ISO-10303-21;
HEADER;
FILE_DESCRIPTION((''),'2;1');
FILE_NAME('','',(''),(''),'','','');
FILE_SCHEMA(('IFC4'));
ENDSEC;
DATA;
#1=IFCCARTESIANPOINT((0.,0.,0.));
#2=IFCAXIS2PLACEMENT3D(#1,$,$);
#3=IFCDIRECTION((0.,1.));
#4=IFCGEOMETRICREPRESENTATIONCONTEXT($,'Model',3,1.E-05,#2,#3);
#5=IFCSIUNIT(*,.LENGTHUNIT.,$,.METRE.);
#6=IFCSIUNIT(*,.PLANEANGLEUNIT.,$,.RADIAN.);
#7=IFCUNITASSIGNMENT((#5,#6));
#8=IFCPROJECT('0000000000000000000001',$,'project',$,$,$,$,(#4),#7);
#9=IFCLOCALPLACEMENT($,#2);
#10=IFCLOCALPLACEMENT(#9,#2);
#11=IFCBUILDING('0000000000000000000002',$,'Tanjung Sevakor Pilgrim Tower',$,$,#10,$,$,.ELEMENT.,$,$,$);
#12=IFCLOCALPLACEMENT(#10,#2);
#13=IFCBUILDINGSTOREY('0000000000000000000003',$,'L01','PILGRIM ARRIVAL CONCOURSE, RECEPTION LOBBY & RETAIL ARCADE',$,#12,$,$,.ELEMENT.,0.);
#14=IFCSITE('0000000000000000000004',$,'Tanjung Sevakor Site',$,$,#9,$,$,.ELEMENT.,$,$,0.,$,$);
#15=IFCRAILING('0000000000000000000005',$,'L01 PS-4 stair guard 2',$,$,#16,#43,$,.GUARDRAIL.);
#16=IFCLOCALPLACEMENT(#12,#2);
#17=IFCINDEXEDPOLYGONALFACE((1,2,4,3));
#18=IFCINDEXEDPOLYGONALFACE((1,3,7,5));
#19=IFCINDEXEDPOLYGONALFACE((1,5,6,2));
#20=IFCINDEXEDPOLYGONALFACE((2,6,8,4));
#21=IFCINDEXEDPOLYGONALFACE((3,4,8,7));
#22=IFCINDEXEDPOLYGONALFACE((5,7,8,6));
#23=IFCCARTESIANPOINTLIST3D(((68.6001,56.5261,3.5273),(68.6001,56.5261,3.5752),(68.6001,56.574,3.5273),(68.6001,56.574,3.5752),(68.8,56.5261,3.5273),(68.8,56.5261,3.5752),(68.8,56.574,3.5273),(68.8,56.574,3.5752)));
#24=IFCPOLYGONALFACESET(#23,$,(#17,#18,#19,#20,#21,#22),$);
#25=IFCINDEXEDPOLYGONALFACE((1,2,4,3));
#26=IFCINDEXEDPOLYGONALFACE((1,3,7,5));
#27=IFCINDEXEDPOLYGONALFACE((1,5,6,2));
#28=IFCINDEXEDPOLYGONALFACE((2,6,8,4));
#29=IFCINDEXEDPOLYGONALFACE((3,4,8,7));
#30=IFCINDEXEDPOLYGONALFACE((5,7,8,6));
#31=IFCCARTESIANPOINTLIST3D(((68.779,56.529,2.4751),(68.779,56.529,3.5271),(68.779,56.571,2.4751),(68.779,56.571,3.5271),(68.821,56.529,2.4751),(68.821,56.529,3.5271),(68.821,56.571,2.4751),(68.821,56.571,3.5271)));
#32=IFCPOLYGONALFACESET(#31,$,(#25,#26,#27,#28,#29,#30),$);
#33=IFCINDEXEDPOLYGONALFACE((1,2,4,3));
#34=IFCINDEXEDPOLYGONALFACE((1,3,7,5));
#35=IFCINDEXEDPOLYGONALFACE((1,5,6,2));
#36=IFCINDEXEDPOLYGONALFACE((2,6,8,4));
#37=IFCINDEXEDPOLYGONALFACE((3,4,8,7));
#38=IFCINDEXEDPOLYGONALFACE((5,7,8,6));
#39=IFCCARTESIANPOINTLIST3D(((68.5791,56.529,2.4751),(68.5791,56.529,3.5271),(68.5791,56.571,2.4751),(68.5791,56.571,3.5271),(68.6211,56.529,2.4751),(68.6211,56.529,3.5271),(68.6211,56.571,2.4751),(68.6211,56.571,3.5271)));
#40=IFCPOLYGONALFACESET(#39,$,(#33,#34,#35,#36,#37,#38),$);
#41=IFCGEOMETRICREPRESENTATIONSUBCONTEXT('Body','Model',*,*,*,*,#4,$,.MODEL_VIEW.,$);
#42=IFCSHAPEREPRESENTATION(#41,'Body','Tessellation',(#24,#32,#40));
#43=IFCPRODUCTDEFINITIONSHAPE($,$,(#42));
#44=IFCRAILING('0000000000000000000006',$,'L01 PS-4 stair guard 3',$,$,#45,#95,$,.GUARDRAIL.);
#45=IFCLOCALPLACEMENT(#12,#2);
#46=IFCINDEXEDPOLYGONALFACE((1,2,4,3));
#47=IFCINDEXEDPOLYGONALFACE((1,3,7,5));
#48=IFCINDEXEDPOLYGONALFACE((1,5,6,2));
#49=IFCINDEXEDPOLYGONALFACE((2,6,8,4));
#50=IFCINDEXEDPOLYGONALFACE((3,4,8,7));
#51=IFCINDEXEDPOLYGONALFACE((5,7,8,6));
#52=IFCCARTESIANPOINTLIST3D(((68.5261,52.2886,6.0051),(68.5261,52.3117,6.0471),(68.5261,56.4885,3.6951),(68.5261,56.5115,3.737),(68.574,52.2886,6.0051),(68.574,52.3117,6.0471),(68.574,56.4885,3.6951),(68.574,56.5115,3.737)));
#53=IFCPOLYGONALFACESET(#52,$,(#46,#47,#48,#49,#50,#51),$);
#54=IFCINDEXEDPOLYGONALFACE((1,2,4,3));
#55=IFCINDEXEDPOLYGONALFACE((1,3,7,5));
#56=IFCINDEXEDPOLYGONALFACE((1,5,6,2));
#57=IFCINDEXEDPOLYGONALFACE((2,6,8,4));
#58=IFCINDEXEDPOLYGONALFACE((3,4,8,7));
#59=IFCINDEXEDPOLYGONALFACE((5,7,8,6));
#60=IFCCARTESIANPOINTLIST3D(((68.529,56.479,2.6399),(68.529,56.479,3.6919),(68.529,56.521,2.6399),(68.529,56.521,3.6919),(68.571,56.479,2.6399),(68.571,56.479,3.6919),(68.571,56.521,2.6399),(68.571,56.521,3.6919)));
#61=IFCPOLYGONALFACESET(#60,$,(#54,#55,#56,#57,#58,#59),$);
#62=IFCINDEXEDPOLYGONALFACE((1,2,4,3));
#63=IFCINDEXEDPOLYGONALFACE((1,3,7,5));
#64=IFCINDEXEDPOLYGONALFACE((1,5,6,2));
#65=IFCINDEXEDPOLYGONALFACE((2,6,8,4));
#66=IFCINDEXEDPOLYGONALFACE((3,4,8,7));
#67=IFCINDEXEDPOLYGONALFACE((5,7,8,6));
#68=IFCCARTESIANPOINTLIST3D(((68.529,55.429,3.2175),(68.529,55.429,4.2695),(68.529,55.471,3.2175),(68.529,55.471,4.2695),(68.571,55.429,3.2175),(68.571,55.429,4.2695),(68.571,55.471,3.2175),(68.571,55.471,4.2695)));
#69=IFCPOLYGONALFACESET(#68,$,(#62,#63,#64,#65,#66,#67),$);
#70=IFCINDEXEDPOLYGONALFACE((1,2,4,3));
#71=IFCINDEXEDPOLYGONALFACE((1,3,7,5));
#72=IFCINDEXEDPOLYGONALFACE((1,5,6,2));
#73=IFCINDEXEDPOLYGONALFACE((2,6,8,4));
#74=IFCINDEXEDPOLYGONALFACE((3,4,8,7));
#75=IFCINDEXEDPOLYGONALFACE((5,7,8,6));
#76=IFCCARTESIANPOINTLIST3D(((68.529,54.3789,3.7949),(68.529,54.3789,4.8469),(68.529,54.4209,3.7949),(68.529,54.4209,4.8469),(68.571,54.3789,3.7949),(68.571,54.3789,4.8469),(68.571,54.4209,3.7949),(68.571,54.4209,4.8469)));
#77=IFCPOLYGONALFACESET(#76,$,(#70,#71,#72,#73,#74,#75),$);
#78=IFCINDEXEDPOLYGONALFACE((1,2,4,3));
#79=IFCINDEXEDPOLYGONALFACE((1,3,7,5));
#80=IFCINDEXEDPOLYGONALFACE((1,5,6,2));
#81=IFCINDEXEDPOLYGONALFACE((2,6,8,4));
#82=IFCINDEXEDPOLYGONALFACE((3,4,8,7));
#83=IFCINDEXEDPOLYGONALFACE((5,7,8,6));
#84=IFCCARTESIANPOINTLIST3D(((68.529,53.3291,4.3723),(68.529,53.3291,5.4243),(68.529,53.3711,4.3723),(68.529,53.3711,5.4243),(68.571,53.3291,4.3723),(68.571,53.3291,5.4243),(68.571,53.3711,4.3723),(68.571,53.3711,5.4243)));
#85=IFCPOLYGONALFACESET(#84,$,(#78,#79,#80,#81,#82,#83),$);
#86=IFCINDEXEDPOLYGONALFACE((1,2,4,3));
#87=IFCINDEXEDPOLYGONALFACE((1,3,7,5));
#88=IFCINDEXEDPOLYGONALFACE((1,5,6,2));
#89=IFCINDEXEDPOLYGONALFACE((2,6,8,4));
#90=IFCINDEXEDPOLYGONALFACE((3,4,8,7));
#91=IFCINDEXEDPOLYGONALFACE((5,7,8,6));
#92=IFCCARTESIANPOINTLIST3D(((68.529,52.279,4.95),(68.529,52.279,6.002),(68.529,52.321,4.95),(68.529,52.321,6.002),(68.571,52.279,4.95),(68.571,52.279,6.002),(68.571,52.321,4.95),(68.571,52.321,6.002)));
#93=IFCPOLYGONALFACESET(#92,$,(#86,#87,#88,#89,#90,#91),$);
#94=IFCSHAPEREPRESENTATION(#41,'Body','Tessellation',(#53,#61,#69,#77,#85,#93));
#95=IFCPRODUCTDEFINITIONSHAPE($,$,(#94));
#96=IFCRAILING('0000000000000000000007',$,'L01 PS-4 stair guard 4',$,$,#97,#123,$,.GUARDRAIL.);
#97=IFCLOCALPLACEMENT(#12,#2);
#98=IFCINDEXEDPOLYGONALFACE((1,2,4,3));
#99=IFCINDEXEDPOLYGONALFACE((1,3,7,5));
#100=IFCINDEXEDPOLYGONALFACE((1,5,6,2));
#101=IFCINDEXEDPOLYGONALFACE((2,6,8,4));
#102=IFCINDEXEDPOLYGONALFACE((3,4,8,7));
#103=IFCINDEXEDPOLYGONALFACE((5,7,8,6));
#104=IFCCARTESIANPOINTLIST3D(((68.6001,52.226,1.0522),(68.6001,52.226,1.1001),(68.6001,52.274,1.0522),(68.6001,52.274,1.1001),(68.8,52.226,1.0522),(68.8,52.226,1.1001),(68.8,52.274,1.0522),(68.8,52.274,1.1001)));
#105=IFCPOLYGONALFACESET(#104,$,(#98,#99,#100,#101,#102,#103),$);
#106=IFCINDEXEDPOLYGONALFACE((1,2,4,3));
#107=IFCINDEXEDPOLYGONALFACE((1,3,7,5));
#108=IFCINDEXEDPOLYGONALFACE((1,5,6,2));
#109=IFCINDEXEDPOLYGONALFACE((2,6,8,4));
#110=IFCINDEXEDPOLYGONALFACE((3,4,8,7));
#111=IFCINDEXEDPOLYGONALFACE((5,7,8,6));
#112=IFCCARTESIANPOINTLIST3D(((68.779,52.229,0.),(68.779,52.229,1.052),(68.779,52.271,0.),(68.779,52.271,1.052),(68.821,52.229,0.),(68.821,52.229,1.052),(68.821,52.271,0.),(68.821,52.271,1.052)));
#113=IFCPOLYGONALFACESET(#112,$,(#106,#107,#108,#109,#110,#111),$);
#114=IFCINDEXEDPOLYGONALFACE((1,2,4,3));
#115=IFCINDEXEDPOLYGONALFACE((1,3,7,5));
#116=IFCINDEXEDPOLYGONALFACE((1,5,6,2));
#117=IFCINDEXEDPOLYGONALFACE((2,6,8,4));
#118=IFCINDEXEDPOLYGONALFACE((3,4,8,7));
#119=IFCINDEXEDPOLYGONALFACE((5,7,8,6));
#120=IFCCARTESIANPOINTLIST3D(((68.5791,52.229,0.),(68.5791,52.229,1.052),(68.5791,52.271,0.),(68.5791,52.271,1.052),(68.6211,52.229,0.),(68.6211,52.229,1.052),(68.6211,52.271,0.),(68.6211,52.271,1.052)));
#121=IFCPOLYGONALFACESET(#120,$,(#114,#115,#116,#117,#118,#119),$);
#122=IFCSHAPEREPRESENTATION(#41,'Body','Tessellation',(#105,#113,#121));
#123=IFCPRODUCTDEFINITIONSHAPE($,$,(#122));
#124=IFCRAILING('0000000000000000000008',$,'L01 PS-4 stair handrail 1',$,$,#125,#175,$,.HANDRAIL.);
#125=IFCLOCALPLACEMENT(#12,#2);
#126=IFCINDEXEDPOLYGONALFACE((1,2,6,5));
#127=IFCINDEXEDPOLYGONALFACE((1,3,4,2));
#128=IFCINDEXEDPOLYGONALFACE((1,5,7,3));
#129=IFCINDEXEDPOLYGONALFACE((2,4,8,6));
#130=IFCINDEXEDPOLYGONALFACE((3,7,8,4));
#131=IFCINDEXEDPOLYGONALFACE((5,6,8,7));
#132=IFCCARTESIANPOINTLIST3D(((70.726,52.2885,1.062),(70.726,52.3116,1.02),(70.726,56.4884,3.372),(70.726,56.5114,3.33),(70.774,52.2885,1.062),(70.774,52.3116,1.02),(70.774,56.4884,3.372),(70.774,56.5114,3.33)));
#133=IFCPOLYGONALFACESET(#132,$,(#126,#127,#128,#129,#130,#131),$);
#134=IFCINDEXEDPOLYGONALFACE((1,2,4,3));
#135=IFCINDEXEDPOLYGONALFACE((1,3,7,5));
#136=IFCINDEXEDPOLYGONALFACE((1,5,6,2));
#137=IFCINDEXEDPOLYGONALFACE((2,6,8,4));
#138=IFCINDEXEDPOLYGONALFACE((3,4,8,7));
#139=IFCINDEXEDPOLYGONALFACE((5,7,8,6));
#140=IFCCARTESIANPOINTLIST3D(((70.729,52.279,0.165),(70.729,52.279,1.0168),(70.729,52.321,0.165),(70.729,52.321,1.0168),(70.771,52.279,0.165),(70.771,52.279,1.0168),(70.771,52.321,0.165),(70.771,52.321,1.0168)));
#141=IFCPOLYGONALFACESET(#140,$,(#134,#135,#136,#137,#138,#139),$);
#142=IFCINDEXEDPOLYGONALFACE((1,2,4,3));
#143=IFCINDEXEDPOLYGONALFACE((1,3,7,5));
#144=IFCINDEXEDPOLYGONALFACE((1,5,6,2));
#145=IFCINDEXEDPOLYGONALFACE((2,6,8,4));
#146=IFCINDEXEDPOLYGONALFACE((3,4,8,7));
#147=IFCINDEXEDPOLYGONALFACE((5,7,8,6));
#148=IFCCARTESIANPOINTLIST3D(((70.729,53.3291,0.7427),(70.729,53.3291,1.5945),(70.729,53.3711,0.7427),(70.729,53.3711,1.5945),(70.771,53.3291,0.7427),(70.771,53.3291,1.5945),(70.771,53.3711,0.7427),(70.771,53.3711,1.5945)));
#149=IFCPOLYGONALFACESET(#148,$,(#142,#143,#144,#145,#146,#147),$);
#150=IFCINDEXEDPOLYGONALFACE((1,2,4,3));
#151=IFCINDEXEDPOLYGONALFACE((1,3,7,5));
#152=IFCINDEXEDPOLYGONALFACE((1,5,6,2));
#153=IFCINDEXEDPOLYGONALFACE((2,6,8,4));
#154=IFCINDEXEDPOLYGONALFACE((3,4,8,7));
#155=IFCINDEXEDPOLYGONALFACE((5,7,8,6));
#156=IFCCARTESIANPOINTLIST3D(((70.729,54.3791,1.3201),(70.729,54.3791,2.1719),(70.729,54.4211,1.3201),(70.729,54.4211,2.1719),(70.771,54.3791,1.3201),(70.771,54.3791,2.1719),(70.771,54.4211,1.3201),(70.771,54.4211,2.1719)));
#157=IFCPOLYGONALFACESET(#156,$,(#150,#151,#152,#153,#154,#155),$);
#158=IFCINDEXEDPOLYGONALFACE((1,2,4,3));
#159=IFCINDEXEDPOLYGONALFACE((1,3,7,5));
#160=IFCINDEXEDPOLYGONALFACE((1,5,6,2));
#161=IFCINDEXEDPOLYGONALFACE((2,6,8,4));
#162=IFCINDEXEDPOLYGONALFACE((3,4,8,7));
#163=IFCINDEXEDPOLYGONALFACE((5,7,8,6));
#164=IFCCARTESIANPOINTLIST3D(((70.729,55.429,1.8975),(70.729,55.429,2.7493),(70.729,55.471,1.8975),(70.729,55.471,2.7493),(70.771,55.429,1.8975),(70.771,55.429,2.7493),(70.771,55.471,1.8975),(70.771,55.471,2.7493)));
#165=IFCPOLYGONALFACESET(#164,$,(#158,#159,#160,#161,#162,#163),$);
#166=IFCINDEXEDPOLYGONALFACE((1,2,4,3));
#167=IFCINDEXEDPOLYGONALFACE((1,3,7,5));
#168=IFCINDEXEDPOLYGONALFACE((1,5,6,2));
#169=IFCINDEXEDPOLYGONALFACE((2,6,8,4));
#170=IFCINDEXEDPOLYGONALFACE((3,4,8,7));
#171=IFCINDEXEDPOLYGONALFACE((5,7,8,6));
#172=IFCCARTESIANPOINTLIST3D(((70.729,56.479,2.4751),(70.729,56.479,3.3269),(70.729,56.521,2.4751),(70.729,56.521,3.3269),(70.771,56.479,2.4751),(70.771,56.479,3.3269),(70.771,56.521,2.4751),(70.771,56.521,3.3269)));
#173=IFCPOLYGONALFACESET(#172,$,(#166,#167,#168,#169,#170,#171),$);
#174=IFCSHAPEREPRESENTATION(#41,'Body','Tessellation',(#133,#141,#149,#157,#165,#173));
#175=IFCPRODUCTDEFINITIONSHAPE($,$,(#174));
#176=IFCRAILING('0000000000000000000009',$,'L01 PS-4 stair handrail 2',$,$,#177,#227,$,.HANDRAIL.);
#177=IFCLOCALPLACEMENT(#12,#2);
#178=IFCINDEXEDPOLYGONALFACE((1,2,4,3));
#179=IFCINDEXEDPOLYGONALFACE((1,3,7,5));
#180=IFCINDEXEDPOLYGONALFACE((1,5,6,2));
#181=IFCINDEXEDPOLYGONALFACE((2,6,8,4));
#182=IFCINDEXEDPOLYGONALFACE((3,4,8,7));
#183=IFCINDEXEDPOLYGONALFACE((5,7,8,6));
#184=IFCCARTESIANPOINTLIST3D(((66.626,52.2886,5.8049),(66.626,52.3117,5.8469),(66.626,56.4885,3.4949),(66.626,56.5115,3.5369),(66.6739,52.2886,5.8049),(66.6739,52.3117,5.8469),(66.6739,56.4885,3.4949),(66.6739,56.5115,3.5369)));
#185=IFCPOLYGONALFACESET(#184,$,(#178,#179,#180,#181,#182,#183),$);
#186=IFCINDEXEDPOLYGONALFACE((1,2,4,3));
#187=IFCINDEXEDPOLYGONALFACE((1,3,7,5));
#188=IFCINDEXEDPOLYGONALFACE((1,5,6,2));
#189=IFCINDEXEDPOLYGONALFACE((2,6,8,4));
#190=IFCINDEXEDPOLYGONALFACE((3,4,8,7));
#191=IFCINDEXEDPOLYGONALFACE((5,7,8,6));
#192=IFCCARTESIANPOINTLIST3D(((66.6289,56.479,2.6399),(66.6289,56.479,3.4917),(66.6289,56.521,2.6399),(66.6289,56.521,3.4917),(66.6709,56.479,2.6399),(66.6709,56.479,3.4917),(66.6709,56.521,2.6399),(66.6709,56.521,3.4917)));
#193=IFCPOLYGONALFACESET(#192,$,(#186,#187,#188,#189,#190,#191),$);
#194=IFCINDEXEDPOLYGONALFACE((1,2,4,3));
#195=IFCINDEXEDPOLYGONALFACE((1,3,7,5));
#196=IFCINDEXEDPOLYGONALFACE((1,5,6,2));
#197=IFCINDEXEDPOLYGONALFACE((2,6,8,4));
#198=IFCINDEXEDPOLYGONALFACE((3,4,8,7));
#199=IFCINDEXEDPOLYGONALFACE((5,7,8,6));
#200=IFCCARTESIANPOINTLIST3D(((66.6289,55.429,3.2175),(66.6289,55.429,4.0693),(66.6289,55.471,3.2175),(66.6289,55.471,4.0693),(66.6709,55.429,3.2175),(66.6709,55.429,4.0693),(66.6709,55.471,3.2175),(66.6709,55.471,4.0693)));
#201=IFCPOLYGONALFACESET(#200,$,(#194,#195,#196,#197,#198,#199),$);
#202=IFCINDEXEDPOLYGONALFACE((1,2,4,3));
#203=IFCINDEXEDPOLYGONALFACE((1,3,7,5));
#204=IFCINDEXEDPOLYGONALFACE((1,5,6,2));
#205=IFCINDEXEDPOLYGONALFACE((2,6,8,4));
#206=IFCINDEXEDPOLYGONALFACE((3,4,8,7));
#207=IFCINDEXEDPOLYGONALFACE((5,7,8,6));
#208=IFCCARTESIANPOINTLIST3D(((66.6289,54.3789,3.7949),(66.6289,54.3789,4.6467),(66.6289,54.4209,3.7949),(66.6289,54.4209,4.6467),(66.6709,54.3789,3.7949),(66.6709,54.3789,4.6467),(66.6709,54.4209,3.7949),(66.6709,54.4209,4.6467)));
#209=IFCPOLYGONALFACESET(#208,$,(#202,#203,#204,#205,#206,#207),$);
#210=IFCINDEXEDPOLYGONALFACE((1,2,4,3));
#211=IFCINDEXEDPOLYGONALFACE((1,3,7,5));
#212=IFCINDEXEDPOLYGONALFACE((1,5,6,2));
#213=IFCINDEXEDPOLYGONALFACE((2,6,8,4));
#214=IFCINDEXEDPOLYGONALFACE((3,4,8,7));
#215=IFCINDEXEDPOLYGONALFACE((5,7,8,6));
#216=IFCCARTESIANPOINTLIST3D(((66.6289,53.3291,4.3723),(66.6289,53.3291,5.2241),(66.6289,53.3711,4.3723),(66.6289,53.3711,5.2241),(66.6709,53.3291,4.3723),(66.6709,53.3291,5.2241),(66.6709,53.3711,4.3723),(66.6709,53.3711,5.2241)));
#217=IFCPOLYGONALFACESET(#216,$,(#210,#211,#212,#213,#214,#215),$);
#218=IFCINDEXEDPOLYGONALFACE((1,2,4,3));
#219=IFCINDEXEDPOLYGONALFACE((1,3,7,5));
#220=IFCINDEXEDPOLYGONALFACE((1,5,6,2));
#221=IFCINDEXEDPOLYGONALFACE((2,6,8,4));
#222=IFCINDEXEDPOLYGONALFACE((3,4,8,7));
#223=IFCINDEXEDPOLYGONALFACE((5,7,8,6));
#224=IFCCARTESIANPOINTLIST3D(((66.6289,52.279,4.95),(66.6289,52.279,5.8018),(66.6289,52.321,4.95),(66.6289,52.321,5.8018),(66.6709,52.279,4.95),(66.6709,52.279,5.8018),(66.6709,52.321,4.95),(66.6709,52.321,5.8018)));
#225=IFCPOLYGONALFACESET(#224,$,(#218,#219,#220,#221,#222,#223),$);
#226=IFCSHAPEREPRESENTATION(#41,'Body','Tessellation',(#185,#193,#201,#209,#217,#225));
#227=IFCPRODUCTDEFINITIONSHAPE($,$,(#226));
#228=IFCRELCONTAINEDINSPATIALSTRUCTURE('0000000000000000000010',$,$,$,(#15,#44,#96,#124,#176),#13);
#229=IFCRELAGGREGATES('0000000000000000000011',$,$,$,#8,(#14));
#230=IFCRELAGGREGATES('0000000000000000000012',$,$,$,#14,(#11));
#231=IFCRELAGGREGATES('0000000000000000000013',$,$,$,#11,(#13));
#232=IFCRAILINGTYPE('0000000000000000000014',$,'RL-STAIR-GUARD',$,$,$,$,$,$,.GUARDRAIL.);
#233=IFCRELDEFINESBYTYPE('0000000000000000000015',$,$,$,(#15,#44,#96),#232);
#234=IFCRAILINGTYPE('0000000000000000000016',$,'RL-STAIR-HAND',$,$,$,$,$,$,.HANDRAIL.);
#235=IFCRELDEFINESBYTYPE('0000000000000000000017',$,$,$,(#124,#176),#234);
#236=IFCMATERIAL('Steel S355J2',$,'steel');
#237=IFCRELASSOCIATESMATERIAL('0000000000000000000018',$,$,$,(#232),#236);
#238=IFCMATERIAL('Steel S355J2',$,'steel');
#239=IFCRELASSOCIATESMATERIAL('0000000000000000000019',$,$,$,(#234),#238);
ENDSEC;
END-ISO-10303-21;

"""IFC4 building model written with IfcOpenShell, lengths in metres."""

from ifc_helpers import new_model, si_unit, direction, frame, origin, place, context, subcontext, project, spatial, rectangle, extrude, material, type_object, element, save


model = new_model("IFC4")

# Units and contexts
model_context = context("Model", 3, precision=1e-05, world=origin(), true_north=direction((0.0, 1.0)))
body_context = subcontext(model_context, "Body", "Model", "MODEL_VIEW")
ifc_project = project(units=[si_unit("LENGTHUNIT", "METRE"), si_unit("PLANEANGLEUNIT", "RADIAN")], contexts=[model_context])

# Site, building, storey
site_placement = place(None, origin())
site = spatial("IfcSite", under=ifc_project, at=site_placement, Name="Tanjung Sevakor Site", CompositionType="ELEMENT", RefElevation=0.0)
building_placement = place(site_placement, origin())
building = spatial("IfcBuilding", under=site, at=building_placement, Name="Tanjung Sevakor Pilgrim Tower", CompositionType="ELEMENT")
storey_placement = place(building_placement, origin())
storey = spatial("IfcBuildingStorey", under=building, at=storey_placement, Name="L01", Description="PILGRIM ARRIVAL CONCOURSE, RECEPTION LOBBY & RETAIL ARCADE", CompositionType="ELEMENT", Elevation=0.0)

# Railings
ifc_material_1 = material(Name="Steel S355J2", Category="steel")
railing_type_1 = type_object("IfcRailingType", Name="RL-STAIR-GUARD", PredefinedType="GUARDRAIL", material=ifc_material_1)
railing_1_placement = place(storey_placement, frame((68.8, 56.55, 2.4751)))
element("IfcRailing", 1, at=railing_1_placement, inside=storey, type_object=railing_type_1, Name="L01 PS-4 stair guard 2", PredefinedType="GUARDRAIL", context=body_context, shape_type="SweptSolid", body=[
    extrude(rectangle(XDim=0.0479, YDim=0.0479), frame((0.0, 0.0, 1.0762), z_axis=(-1.0, 0.0, 0.0), x_axis=(0.0, -1.0, 0.0)), (0.0, 0.0, 1.0), 0.2),
    extrude(rectangle(XDim=0.042, YDim=0.042), origin(), (0.0, 0.0, 1.0), 1.052),
    extrude(rectangle(XDim=0.042, YDim=0.042), frame((-0.2, 0.0, 0.0)), (0.0, 0.0, 1.0), 1.052),
])
railing_2_placement = place(storey_placement, frame((68.55, 56.5, 2.6399)))
element("IfcRailing", 2, at=railing_2_placement, inside=storey, type_object=railing_type_1, Name="L01 PS-4 stair guard 3", PredefinedType="GUARDRAIL", context=body_context, shape_type="SweptSolid", body=[
    extrude(rectangle(XDim=0.0479, YDim=0.0479), frame((0.0, 0.0, 1.0762), z_axis=(0.0, -0.876208, 0.481932), x_axis=(1.0, 0.0, 0.0)), (0.0, 0.0, 1.0), 4.7932),
    extrude(rectangle(XDim=0.042, YDim=0.042), origin(), (0.0, 0.0, 1.0), 1.052),
    extrude(rectangle(XDim=0.042, YDim=0.042), frame((0.0, -1.05, 0.5776)), (0.0, 0.0, 1.0), 1.052),
    extrude(rectangle(XDim=0.042, YDim=0.042), frame((0.0, -2.1001, 1.155)), (0.0, 0.0, 1.0), 1.052),
    extrude(rectangle(XDim=0.042, YDim=0.042), frame((0.0, -3.1499, 1.7324)), (0.0, 0.0, 1.0), 1.052),
    extrude(rectangle(XDim=0.042, YDim=0.042), frame((0.0, -4.2, 2.3101)), (0.0, 0.0, 1.0), 1.052),
])
railing_3_placement = place(storey_placement, frame((68.8, 52.25, 0.0)))
element("IfcRailing", 3, at=railing_3_placement, inside=storey, type_object=railing_type_1, Name="L01 PS-4 stair guard 4", PredefinedType="GUARDRAIL", context=body_context, shape_type="SweptSolid", body=[
    extrude(rectangle(XDim=0.0479, YDim=0.0479), frame((0.0, 0.0, 1.0762), z_axis=(-1.0, 0.0, 0.0), x_axis=(0.0, -1.0, 0.0)), (0.0, 0.0, 1.0), 0.2),
    extrude(rectangle(XDim=0.042, YDim=0.042), origin(), (0.0, 0.0, 1.0), 1.052),
    extrude(rectangle(XDim=0.042, YDim=0.042), frame((-0.2, 0.0, 0.0)), (0.0, 0.0, 1.0), 1.052),
])
ifc_material_2 = material(Name="Steel S355J2", Category="steel")
railing_type_2 = type_object("IfcRailingType", Name="RL-STAIR-HAND", PredefinedType="HANDRAIL", material=ifc_material_2)
railing_4_placement = place(storey_placement, frame((70.75, 52.3, 0.165)))
element("IfcRailing", 4, at=railing_4_placement, inside=storey, type_object=railing_type_2, Name="L01 PS-4 stair handrail 1", PredefinedType="HANDRAIL", context=body_context, shape_type="SweptSolid", body=[
    extrude(rectangle(XDim=0.0479, YDim=0.0479), frame((0.0, 0.0, 0.876), z_axis=(0.0, 0.876208, 0.481932), x_axis=(-1.0, 0.0, 0.0)), (0.0, 0.0, 1.0), 4.7932),
    extrude(rectangle(XDim=0.042, YDim=0.042), origin(), (0.0, 0.0, 1.0), 0.8518),
    extrude(rectangle(XDim=0.042, YDim=0.042), frame((0.0, 1.05, 0.5776)), (0.0, 0.0, 1.0), 0.8518),
    extrude(rectangle(XDim=0.042, YDim=0.042), frame((0.0, 2.1001, 1.155)), (0.0, 0.0, 1.0), 0.8518),
    extrude(rectangle(XDim=0.042, YDim=0.042), frame((0.0, 3.1499, 1.7324)), (0.0, 0.0, 1.0), 0.8518),
    extrude(rectangle(XDim=0.042, YDim=0.042), frame((0.0, 4.2, 2.3101)), (0.0, 0.0, 1.0), 0.8518),
])
railing_5_placement = place(storey_placement, frame((66.6499, 56.5, 2.6399)))
element("IfcRailing", 5, at=railing_5_placement, inside=storey, type_object=railing_type_2, Name="L01 PS-4 stair handrail 2", PredefinedType="HANDRAIL", context=body_context, shape_type="SweptSolid", body=[
    extrude(rectangle(XDim=0.0479, YDim=0.0479), frame((0.0, 0.0, 0.876), z_axis=(0.0, -0.876208, 0.481932), x_axis=(1.0, 0.0, 0.0)), (0.0, 0.0, 1.0), 4.7932),
    extrude(rectangle(XDim=0.042, YDim=0.042), origin(), (0.0, 0.0, 1.0), 0.8518),
    extrude(rectangle(XDim=0.042, YDim=0.042), frame((0.0, -1.05, 0.5776)), (0.0, 0.0, 1.0), 0.8518),
    extrude(rectangle(XDim=0.042, YDim=0.042), frame((0.0, -2.1001, 1.155)), (0.0, 0.0, 1.0), 0.8518),
    extrude(rectangle(XDim=0.042, YDim=0.042), frame((0.0, -3.1499, 1.7324)), (0.0, 0.0, 1.0), 0.8518),
    extrude(rectangle(XDim=0.042, YDim=0.042), frame((0.0, -4.2, 2.3101)), (0.0, 0.0, 1.0), 0.8518),
])

save(model, "model.ifc")
